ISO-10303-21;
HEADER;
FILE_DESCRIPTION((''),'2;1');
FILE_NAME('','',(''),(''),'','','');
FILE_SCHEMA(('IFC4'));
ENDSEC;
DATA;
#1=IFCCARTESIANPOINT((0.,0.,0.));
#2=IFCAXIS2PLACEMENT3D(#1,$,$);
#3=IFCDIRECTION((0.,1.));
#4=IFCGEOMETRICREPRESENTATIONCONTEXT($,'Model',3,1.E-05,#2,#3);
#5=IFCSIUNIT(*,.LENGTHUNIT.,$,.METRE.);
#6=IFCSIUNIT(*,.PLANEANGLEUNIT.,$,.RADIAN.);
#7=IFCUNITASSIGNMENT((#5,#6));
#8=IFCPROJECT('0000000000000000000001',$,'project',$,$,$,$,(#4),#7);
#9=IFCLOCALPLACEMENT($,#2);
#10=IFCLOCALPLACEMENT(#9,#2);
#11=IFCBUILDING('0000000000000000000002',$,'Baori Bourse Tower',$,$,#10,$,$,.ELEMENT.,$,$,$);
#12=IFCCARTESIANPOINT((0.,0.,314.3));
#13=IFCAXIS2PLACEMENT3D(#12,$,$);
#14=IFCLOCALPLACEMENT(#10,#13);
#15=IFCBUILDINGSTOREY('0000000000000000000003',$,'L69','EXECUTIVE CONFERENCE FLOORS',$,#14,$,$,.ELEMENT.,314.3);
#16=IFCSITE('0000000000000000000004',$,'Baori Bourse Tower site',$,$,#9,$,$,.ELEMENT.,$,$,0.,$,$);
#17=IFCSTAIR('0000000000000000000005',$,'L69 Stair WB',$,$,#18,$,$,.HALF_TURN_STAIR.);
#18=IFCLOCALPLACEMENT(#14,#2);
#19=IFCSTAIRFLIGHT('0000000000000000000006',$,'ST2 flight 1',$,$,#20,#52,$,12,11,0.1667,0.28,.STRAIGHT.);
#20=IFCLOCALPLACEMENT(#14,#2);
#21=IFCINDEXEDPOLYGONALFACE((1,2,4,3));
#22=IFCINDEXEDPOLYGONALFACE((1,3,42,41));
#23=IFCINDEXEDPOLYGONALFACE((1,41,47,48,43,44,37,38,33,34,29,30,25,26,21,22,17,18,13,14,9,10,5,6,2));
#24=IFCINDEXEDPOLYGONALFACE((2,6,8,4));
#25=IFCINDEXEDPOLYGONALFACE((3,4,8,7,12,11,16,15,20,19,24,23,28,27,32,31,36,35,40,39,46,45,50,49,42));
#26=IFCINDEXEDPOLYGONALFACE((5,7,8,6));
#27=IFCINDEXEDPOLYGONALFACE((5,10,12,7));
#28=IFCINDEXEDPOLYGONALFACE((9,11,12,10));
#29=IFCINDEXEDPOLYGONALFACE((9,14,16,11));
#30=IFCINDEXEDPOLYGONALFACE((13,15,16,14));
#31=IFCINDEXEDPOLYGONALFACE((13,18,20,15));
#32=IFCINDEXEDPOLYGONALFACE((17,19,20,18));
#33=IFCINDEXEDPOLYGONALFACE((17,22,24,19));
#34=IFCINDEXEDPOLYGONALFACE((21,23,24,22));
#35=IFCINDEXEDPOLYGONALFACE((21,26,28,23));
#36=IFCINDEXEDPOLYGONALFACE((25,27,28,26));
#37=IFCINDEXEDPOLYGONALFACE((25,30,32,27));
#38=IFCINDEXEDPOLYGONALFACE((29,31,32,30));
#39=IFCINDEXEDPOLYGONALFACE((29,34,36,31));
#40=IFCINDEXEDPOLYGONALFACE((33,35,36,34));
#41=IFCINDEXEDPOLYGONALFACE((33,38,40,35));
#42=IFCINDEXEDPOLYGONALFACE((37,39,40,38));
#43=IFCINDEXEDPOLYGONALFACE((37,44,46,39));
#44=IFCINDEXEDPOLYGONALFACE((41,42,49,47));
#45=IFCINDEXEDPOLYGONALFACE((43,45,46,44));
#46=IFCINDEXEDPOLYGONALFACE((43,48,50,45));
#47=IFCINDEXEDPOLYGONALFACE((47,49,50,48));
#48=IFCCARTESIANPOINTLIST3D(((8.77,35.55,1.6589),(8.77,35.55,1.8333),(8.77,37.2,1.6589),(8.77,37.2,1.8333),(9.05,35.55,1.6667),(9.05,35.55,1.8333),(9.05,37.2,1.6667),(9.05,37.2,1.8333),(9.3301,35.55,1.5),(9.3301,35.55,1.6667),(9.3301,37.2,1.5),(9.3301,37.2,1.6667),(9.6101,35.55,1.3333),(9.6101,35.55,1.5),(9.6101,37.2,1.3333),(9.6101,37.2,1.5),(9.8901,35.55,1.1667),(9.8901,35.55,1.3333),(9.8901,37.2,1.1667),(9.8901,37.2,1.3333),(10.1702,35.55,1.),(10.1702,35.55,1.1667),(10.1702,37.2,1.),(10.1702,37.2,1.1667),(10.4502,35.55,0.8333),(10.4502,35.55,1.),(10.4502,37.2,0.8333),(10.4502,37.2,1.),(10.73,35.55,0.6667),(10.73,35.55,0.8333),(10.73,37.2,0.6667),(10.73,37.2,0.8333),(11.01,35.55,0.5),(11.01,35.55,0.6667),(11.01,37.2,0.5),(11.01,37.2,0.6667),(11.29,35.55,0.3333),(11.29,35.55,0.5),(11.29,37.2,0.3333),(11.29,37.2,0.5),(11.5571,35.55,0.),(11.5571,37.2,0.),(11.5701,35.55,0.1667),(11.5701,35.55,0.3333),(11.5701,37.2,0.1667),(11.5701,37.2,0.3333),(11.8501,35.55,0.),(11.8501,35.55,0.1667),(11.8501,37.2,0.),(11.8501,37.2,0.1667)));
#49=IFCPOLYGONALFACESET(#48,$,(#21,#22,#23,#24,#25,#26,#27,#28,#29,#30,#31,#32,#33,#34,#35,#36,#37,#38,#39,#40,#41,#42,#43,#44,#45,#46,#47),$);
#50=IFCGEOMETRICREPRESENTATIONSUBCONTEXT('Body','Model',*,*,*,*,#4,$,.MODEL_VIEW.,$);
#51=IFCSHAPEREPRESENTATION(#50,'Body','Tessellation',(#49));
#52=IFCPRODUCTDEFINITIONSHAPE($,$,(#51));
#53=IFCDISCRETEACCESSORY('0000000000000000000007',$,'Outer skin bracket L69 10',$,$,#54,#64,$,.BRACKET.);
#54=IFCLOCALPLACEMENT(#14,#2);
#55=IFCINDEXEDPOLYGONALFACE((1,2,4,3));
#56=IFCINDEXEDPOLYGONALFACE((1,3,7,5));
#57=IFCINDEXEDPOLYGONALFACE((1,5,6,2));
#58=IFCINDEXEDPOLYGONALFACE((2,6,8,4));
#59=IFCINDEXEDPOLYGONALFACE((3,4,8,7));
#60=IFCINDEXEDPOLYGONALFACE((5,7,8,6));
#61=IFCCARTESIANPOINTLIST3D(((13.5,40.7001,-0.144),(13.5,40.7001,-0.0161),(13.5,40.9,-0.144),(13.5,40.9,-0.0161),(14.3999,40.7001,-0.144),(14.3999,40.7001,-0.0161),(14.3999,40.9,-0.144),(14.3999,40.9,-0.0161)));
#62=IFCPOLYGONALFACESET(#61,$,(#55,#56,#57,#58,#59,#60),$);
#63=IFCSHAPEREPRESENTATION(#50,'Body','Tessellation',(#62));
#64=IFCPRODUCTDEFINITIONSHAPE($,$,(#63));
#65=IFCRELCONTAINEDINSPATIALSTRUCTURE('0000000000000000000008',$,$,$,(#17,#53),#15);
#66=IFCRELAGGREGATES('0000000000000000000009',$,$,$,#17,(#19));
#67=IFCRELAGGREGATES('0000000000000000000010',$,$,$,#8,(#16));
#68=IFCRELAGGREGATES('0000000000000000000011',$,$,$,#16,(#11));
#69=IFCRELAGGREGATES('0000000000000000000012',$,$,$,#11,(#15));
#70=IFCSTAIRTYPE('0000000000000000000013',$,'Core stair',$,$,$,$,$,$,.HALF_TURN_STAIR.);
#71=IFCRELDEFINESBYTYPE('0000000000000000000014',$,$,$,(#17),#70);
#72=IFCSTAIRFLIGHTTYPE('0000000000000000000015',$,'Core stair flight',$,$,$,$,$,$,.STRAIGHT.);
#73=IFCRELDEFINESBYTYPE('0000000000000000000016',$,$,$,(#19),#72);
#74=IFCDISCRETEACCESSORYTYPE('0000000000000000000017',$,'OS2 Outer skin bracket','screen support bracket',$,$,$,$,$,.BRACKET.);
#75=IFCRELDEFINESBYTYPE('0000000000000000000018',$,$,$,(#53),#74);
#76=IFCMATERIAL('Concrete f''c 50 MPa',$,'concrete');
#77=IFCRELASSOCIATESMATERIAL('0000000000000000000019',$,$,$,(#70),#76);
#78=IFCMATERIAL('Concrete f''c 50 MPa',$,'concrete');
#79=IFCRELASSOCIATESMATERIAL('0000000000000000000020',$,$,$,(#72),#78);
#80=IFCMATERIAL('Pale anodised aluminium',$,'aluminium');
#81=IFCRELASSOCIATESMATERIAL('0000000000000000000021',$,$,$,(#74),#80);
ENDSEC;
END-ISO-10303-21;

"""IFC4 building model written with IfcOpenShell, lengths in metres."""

from ifc_helpers import new_model, si_unit, direction, frame, origin, origin_2d, place, context, subcontext, project, spatial, polyline, rectangle, outline, extrude, material, type_object, element, aggregate, save


model = new_model("IFC4")

# Units and contexts
model_context = context("Model", 3, precision=1e-05, world=origin(), true_north=direction((0.0, 1.0)))
body_context = subcontext(model_context, "Body", "Model", "MODEL_VIEW")
ifc_project = project(units=[si_unit("LENGTHUNIT", "METRE"), si_unit("PLANEANGLEUNIT", "RADIAN")], contexts=[model_context])

# Site, building, storey
site_placement = place(None, origin())
site = spatial("IfcSite", under=ifc_project, at=site_placement, Name="Baori Bourse Tower site", CompositionType="ELEMENT", RefElevation=0.0)
building_placement = place(site_placement, origin())
building = spatial("IfcBuilding", under=site, at=building_placement, Name="Baori Bourse Tower", CompositionType="ELEMENT")
storey_placement = place(building_placement, frame((0.0, 0.0, 314.3)))
storey = spatial("IfcBuildingStorey", under=building, at=storey_placement, Name="L69", Description="EXECUTIVE CONFERENCE FLOORS", CompositionType="ELEMENT", Elevation=314.3)

# Stair, stair flight
ifc_material_1 = material(Name="Concrete f'c 50 MPa", Category="concrete")
stair_type = type_object("IfcStairType", Name="Core stair", PredefinedType="HALF_TURN_STAIR", material=ifc_material_1)
stair_placement = place(storey_placement, origin())
stair = element("IfcStair", 1, at=stair_placement, inside=storey, type_object=stair_type, Name="L69 Stair WB", PredefinedType="HALF_TURN_STAIR")
ifc_material_2 = material(Name="Concrete f'c 50 MPa", Category="concrete")
stair_flight_type = type_object("IfcStairFlightType", Name="Core stair flight", PredefinedType="STRAIGHT", material=ifc_material_2)
stair_flight_placement = place(storey_placement, frame((11.8501, 36.375, 0.0), z_axis=(0.0, 0.0, 1.0), x_axis=(-1.0, 0.0, 0.0)))
stair_flight = element("IfcStairFlight", 2, at=stair_flight_placement, type_object=stair_flight_type, Name="ST2 flight 1", NumberOfRisers=12, NumberOfTreads=11, PredefinedType="STRAIGHT", RiserHeight=0.1667, TreadLength=0.28, context=body_context, shape_type="SweptSolid", body=[
    extrude(outline(polyline([(0.0, 0.0), (0.0, 0.1667), (0.28, 0.1667), (0.28, 0.3333), (0.5601, 0.3333), (0.5601, 0.5), (0.8401, 0.5), (0.8401, 0.6667), (1.1201, 0.6667), (1.1201, 0.8333), (1.3999, 0.8333), (1.3999, 1.0), (1.6799, 1.0), (1.6799, 1.1667), (1.96, 1.1667), (1.96, 1.3333), (2.24, 1.3333), (2.24, 1.5), (2.52, 1.5), (2.52, 1.6667), (2.8, 1.6667), (2.8, 1.8333), (3.0801, 1.8333), (3.0801, 2.0), (3.0801, 1.6589), (0.293, 0.0), (0.0, 0.0)])), frame((0.0, 0.825, 0.0), z_axis=(0.0, -1.0, 0.0), x_axis=(1.0, 0.0, 0.0)), (0.0, 0.0, 1.0), 1.6499),
])
aggregate(stair, [stair_flight])

# Discrete accessory
ifc_material_3 = material(Name="Pale anodised aluminium", Category="aluminium")
discrete_accessory_type = type_object("IfcDiscreteAccessoryType", Name="OS2 Outer skin bracket", Description="screen support bracket", PredefinedType="BRACKET", material=ifc_material_3)
discrete_accessory_placement = place(storey_placement, frame((13.95, 40.8, -0.144), z_axis=(0.0, 0.0, 1.0), x_axis=(0.0, -1.0, 0.0)))
element("IfcDiscreteAccessory", 3, at=discrete_accessory_placement, inside=storey, type_object=discrete_accessory_type, Name="Outer skin bracket L69 10", PredefinedType="BRACKET", context=body_context, shape_type="SweptSolid", body=[
    extrude(rectangle(XDim=0.2, YDim=0.8999, at=origin_2d()), origin(), (0.0, 0.0, 1.0), 0.1279),
])

save(model, "model.ifc")
